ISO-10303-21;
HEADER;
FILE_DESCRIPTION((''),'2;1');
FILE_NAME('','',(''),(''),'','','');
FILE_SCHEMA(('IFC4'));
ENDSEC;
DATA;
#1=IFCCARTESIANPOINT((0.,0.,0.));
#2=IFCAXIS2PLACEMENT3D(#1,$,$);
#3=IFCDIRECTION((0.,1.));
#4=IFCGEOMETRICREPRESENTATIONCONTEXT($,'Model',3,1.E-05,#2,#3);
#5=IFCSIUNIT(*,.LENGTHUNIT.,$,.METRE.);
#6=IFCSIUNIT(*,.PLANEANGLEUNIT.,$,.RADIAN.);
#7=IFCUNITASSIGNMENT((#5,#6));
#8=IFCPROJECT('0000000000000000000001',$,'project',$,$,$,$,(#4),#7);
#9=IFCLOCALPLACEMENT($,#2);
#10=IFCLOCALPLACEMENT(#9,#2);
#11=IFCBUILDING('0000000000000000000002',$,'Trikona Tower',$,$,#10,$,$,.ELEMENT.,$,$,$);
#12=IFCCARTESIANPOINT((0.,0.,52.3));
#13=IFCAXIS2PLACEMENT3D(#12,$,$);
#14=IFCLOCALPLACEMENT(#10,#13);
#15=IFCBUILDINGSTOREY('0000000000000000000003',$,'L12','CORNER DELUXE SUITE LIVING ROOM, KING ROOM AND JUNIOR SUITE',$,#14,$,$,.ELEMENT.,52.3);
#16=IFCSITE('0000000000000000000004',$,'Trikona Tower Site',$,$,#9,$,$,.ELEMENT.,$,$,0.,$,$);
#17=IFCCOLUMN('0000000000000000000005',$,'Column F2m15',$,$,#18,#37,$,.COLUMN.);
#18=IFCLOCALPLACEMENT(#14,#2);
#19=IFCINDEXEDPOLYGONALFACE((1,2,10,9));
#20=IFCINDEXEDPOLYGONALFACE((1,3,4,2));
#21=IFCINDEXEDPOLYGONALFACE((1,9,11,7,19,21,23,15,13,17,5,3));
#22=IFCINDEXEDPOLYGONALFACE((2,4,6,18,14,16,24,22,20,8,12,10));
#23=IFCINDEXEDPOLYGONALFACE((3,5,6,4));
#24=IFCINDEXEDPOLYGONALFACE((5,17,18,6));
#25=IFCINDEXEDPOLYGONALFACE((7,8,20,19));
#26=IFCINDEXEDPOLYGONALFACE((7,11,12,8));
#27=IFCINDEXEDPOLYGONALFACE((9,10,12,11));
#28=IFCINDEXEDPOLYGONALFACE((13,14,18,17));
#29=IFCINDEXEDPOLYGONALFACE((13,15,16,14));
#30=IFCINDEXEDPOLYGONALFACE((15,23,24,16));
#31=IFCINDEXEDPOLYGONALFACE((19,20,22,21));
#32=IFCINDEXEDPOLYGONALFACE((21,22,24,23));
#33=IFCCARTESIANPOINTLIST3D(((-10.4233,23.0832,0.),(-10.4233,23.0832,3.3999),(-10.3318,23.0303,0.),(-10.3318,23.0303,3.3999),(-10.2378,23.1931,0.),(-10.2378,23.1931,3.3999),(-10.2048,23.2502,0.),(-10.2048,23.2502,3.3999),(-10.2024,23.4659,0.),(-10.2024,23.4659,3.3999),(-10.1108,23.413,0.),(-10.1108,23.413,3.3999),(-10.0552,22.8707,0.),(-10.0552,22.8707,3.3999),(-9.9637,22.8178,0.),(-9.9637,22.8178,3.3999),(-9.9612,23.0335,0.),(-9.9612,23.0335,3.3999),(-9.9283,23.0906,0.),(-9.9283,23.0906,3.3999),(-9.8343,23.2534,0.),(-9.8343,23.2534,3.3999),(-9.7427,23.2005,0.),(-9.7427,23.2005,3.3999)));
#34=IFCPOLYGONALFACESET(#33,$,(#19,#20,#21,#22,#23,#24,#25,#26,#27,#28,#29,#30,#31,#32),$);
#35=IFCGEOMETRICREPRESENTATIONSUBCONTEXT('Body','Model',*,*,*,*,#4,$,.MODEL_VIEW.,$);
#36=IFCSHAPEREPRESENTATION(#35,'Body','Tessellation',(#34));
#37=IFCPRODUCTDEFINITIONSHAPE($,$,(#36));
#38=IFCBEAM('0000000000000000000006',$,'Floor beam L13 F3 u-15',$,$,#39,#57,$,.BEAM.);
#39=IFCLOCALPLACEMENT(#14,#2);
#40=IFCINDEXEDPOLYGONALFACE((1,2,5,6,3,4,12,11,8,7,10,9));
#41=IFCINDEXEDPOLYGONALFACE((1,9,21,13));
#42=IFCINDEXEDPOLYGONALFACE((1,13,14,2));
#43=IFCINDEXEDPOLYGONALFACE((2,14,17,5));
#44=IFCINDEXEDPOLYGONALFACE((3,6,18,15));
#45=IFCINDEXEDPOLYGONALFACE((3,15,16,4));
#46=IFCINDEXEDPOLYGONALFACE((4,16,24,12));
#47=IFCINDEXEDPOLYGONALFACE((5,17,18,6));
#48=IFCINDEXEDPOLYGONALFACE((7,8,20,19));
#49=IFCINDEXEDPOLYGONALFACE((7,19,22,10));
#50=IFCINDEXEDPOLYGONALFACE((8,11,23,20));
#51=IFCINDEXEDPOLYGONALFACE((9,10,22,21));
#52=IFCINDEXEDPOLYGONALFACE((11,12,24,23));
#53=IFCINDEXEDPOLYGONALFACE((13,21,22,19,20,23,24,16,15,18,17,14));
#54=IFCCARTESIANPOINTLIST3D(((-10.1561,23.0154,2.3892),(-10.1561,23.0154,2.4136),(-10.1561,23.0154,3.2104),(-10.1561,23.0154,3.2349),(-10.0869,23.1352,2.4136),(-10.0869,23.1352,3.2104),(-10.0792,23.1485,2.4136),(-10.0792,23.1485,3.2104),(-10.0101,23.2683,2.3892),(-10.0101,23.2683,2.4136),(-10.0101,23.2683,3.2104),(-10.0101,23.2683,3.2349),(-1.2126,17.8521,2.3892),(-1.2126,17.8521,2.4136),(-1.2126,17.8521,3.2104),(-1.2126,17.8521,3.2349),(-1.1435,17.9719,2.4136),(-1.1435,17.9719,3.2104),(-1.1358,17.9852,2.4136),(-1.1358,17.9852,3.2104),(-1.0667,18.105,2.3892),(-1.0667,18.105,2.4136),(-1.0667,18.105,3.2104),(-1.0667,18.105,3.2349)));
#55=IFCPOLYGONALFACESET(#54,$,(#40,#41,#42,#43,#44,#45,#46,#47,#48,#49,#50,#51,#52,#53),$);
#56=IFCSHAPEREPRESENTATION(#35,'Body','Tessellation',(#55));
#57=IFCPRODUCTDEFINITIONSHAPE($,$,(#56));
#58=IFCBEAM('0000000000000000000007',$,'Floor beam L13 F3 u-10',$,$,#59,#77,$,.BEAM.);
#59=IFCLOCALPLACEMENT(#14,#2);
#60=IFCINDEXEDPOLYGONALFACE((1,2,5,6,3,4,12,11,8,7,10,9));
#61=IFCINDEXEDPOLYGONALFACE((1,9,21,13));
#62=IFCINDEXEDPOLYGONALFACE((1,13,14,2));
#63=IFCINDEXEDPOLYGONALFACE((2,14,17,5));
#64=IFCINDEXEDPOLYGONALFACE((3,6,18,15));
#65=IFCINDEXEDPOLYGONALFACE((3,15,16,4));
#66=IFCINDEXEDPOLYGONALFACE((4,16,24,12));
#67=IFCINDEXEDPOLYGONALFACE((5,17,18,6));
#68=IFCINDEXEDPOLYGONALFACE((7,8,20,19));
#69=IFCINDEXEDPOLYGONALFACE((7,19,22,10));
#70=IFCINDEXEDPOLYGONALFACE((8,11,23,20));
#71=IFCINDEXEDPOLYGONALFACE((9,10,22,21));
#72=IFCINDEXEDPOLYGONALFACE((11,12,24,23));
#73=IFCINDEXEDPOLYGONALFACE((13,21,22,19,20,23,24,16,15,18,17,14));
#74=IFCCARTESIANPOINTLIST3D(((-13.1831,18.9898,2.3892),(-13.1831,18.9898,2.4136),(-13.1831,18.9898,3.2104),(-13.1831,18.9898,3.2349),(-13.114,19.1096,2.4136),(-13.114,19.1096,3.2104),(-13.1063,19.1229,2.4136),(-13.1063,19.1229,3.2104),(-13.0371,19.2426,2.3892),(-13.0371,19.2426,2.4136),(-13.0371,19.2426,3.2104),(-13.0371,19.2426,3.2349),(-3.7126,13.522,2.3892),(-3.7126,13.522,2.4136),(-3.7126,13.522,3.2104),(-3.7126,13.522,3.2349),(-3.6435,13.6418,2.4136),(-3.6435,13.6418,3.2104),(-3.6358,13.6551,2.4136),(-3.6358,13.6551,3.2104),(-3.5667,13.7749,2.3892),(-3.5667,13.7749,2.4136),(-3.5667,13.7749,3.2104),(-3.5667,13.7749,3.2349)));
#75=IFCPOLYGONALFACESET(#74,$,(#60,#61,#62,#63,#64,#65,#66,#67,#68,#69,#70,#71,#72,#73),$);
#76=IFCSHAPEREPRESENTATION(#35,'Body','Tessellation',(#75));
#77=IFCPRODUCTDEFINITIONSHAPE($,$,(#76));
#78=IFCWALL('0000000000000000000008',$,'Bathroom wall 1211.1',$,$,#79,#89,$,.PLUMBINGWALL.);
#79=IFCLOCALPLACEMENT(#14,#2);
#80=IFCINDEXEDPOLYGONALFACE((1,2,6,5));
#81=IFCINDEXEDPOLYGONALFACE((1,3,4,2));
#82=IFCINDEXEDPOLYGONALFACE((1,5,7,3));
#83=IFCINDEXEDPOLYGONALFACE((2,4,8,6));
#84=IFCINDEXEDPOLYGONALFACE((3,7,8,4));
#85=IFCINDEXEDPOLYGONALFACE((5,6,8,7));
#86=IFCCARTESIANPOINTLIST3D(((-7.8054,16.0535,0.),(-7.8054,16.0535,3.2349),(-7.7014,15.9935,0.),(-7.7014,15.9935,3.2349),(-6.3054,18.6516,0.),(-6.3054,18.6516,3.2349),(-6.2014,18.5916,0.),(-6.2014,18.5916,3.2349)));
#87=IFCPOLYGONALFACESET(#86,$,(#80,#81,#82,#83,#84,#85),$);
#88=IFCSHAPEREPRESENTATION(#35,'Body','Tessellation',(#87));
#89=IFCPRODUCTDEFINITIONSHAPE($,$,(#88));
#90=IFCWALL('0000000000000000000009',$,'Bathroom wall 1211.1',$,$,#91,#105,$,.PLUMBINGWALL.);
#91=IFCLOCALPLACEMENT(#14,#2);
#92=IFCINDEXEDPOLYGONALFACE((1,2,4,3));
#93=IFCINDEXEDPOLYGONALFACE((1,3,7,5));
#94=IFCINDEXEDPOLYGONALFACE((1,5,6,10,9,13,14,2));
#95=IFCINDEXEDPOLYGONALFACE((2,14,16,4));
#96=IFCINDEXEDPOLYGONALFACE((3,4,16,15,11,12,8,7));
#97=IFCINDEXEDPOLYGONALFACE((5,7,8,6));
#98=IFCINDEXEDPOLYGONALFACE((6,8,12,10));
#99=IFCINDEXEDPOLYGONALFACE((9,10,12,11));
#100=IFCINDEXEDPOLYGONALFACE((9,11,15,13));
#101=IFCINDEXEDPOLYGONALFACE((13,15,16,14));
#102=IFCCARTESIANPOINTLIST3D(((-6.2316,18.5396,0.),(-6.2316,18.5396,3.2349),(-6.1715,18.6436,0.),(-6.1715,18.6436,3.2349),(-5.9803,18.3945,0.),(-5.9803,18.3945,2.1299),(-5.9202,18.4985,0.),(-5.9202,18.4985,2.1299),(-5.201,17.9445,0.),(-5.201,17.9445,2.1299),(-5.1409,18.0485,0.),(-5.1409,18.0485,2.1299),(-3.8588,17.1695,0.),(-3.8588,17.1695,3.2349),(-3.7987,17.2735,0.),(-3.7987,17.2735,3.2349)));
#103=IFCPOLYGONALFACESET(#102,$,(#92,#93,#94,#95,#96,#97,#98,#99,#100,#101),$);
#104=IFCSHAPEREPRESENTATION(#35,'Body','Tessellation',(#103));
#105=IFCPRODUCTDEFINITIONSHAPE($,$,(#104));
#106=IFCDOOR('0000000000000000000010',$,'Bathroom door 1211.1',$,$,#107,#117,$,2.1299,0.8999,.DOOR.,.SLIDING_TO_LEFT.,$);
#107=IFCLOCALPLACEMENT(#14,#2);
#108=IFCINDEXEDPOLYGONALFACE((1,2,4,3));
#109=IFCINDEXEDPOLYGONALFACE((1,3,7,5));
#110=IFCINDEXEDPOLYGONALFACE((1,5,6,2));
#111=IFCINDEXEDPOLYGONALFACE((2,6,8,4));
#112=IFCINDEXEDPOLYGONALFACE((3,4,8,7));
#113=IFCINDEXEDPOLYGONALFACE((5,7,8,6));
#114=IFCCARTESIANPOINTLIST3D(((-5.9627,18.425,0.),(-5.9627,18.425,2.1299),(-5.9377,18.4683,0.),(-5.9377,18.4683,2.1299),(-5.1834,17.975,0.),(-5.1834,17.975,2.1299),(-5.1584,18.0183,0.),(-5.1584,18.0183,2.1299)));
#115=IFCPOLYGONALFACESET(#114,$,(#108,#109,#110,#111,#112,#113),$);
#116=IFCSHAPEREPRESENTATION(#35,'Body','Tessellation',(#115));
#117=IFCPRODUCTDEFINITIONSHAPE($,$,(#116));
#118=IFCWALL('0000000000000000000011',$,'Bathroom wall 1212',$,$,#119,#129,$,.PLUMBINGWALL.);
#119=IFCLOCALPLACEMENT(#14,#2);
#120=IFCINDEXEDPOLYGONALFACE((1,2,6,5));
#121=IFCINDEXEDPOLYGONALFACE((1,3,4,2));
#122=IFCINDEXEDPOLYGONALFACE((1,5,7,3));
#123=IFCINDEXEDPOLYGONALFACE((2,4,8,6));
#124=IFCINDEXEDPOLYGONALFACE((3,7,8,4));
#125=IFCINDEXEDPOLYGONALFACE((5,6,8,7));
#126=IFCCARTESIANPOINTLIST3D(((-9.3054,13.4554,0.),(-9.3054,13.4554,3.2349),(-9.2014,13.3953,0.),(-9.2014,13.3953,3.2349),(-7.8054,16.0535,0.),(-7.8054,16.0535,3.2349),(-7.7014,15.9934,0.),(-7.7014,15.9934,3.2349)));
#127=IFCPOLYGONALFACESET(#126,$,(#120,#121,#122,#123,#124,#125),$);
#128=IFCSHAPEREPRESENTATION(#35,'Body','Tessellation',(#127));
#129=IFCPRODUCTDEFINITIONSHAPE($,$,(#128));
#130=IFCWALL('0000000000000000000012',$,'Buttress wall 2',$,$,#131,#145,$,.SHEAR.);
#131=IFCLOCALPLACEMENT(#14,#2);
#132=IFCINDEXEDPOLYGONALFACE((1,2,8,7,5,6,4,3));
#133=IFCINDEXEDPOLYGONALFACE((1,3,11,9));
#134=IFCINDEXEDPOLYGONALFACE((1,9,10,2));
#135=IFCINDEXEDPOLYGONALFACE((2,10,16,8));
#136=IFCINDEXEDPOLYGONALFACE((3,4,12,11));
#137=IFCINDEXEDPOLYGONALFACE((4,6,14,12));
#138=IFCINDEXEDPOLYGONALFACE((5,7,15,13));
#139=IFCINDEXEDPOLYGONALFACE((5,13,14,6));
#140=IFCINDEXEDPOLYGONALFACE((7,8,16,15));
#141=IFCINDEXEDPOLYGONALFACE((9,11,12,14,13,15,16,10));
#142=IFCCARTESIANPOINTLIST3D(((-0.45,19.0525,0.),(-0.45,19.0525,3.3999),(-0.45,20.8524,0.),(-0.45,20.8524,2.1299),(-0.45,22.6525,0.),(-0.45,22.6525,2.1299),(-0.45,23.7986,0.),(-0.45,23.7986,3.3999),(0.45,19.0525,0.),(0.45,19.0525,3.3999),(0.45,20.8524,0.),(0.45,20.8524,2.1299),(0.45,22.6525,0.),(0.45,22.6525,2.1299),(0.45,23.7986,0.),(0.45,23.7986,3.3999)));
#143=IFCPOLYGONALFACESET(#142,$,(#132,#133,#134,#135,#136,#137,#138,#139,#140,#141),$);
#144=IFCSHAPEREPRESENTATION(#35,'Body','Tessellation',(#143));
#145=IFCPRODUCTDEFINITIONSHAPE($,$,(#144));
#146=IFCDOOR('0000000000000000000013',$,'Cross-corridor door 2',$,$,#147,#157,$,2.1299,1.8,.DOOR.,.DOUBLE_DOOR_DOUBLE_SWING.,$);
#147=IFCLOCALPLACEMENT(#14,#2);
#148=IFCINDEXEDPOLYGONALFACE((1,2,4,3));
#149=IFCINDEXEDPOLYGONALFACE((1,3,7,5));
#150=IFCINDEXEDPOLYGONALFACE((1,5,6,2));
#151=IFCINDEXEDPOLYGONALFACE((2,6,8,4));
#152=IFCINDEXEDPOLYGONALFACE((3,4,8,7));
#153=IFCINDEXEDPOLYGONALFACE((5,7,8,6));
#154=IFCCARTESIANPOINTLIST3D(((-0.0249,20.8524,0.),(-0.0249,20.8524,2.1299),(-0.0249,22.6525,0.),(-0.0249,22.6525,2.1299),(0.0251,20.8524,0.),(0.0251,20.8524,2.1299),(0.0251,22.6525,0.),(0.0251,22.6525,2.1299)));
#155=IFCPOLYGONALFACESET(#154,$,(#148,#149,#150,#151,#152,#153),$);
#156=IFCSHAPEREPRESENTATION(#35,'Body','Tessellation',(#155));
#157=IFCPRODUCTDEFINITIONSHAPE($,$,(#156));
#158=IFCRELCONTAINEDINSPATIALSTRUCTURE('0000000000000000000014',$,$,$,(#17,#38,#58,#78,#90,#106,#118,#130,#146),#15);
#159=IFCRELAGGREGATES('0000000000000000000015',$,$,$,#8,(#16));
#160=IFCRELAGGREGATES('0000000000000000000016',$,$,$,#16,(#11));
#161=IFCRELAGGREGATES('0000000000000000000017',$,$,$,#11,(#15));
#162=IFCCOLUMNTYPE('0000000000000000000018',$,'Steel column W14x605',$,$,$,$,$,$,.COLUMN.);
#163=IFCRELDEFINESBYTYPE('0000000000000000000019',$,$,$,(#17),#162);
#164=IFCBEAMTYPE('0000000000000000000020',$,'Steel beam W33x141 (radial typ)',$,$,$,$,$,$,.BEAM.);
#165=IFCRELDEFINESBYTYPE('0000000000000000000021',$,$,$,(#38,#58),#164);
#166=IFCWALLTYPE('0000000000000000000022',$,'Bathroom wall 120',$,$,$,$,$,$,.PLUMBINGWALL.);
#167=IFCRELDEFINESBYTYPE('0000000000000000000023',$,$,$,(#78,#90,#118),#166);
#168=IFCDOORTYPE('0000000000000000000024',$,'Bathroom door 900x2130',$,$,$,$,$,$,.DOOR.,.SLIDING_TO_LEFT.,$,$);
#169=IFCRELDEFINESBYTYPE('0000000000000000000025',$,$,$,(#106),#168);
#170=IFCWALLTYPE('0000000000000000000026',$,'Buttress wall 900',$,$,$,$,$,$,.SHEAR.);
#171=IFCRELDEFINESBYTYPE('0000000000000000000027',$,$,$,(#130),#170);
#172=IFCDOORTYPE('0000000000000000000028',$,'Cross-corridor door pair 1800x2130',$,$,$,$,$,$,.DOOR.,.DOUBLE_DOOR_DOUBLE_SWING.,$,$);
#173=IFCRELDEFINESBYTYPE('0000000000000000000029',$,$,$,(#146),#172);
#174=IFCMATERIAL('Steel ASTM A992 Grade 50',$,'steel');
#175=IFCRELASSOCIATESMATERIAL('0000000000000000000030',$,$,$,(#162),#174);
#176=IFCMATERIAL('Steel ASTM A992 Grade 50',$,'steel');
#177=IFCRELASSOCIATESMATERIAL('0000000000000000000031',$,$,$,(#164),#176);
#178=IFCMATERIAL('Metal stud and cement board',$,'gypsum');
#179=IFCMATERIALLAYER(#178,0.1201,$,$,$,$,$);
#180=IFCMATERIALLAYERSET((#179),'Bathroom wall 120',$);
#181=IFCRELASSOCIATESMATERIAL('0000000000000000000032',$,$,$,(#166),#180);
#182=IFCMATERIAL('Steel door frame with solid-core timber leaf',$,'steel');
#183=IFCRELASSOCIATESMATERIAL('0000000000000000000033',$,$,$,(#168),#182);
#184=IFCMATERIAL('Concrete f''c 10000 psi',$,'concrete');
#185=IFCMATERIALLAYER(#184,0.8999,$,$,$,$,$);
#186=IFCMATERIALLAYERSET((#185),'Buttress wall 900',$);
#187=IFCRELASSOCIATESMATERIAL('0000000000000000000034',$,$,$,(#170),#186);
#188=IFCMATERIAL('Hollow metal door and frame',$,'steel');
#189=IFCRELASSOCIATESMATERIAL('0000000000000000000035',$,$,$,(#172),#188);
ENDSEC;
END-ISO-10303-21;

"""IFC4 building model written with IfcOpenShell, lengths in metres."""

from ifc_helpers import new_model, si_unit, direction, frame, frame_2d, origin, origin_2d, place, context, subcontext, project, spatial, rectangle, i_section, extrude, material, layer, layer_set, material_profile, profile_set, type_object, element, fill, save


model = new_model("IFC4")

# Units and contexts
model_context = context("Model", 3, precision=1e-05, world=origin(), true_north=direction((0.0, 1.0)))
body_context = subcontext(model_context, "Body", "Model", "MODEL_VIEW")
ifc_project = project(units=[si_unit("LENGTHUNIT", "METRE"), si_unit("PLANEANGLEUNIT", "RADIAN")], contexts=[model_context])

# Site, building, storey
site_placement = place(None, origin())
site = spatial("IfcSite", under=ifc_project, at=site_placement, Name="Trikona Tower Site", CompositionType="ELEMENT", RefElevation=0.0)
building_placement = place(site_placement, origin())
building = spatial("IfcBuilding", under=site, at=building_placement, Name="Trikona Tower", CompositionType="ELEMENT")
storey_placement = place(building_placement, frame((0.0, 0.0, 52.3)))
storey = spatial("IfcBuildingStorey", under=building, at=storey_placement, Name="L12", Description="CORNER DELUXE SUITE LIVING ROOM, KING ROOM AND JUNIOR SUITE", CompositionType="ELEMENT", Elevation=52.3)

# Column
ifc_material_1 = material(Name="Steel ASTM A992 Grade 50", Category="steel")
ifc_material_profile_1 = material_profile(ifc_material_1, i_section(OverallWidth=0.4419, OverallDepth=0.5308, WebThickness=0.0659, FlangeThickness=0.1057, at=origin_2d()), Name="W14X605")
ifc_profile_set_1 = profile_set([ifc_material_profile_1], Name="Steel ASTM A992 Grade 50")
column_type = type_object("IfcColumnType", Name="Steel column W14x605", PredefinedType="COLUMN", material=ifc_profile_set_1)
column_placement = place(storey_placement, frame((-10.083, 23.1418, 0.0), z_axis=(0.0, 0.0, 1.0), x_axis=(-0.5, -0.866025, 0.0)))
element("IfcColumn", 1, at=column_placement, inside=storey, type_object=column_type, Name="Column F2m15", PredefinedType="COLUMN", context=body_context, shape_type="SweptSolid", body=[
    extrude(i_section(OverallWidth=0.4419, OverallDepth=0.5308, WebThickness=0.0659, FlangeThickness=0.1057, at=origin_2d()), origin(), (0.0, 0.0, 1.0), 3.3999),
])

# Beams
ifc_material_2 = material(Name="Steel ASTM A992 Grade 50", Category="steel")
ifc_material_profile_2 = material_profile(ifc_material_2, i_section(OverallWidth=0.292, OverallDepth=0.8457, WebThickness=0.0154, FlangeThickness=0.0244, at=origin_2d()), Name="W33X141")
ifc_profile_set_2 = profile_set([ifc_material_profile_2], Name="Steel ASTM A992 Grade 50")
beam_type = type_object("IfcBeamType", Name="Steel beam W33x141 (radial typ)", PredefinedType="BEAM", material=ifc_profile_set_2)
beam_1_placement = place(storey_placement, frame((-1.1396, 17.9785, 2.812), z_axis=(-0.86603, 0.499991, 0.0), x_axis=(-0.499991, -0.86603, 0.0)))
element("IfcBeam", 2, at=beam_1_placement, inside=storey, type_object=beam_type, Name="Floor beam L13 F3 u-15", PredefinedType="BEAM", context=body_context, shape_type="SweptSolid", body=[
    extrude(i_section(OverallWidth=0.292, OverallDepth=0.8457, WebThickness=0.0154, FlangeThickness=0.0244, at=origin_2d()), origin(), (0.0, 0.0, 1.0), 10.3269),
])
beam_2_placement = place(storey_placement, frame((-3.6396, 13.6484, 2.812), z_axis=(-0.866025, 0.5, 0.0), x_axis=(-0.5, -0.866025, 0.0)))
element("IfcBeam", 3, at=beam_2_placement, inside=storey, type_object=beam_type, Name="Floor beam L13 F3 u-10", PredefinedType="BEAM", context=body_context, shape_type="SweptSolid", body=[
    extrude(i_section(OverallWidth=0.292, OverallDepth=0.8457, WebThickness=0.0154, FlangeThickness=0.0244, at=origin_2d()), origin(), (0.0, 0.0, 1.0), 10.9355),
])

# Wall
ifc_material_3 = material(Name="Metal stud and cement board", Category="gypsum")
ifc_layer_1 = layer(ifc_material_3, 0.1201)
ifc_layer_set_1 = layer_set([ifc_layer_1], Name="Bathroom wall 120")
wall_type_1 = type_object("IfcWallType", Name="Bathroom wall 120", PredefinedType="PLUMBINGWALL", material=ifc_layer_set_1)
wall_1_placement = place(storey_placement, frame((-6.2534, 18.6216, 0.0), z_axis=(0.0, 0.0, 1.0), x_axis=(-0.49999, -0.866031, 0.0)))
element("IfcWall", 4, at=wall_1_placement, inside=storey, type_object=wall_type_1, Name="Bathroom wall 1211.1", PredefinedType="PLUMBINGWALL", context=body_context, shape_type="SweptSolid", body=[
    extrude(rectangle(XDim=3.0, YDim=0.1201, at=frame_2d((1.5, 0.0))), origin(), (0.0, 0.0, 1.0), 3.2349),
])

# Wall, opening, door
wall_2_placement = place(storey_placement, frame((-3.8286, 17.2214, 0.0), z_axis=(0.0, 0.0, 1.0), x_axis=(-0.865997, 0.500049, 0.0)))
wall_2 = element("IfcWall", 5, at=wall_2_placement, inside=storey, type_object=wall_type_1, Name="Bathroom wall 1211.1", PredefinedType="PLUMBINGWALL", context=body_context, shape_type="SweptSolid", body=[
    extrude(rectangle(XDim=2.74, YDim=0.1201, at=frame_2d((1.3701, 0.0))), origin(), (0.0, 0.0, 1.0), 3.2349),
])
opening_1_placement = place(wall_2_placement, frame((1.55, 0.0, 0.0)))
opening_1 = element("IfcOpeningElement", 6, at=opening_1_placement, cuts=wall_2, PredefinedType="OPENING", context=body_context, shape_type="SweptSolid", body=[
    extrude(rectangle(XDim=0.8999, YDim=2.1299, at=frame_2d((0.45, 1.0649))), frame((0.0, 0.0701, 0.0), z_axis=(0.0, -1.0, 0.0), x_axis=(1.0, 0.0, 0.0)), (0.0, 0.0, 1.0), 0.1401),
])
ifc_material_4 = material(Name="Steel door frame with solid-core timber leaf", Category="steel")
door_type_1 = type_object("IfcDoorType", Name="Bathroom door 900x2130", OperationType="SLIDING_TO_LEFT", PredefinedType="DOOR", material=ifc_material_4)
door_1_placement = place(opening_1_placement, origin())
door_1 = element("IfcDoor", 7, at=door_1_placement, inside=storey, type_object=door_type_1, Name="Bathroom door 1211.1", OperationType="SLIDING_TO_LEFT", OverallHeight=2.1299, OverallWidth=0.8999, PredefinedType="DOOR", context=body_context, shape_type="SweptSolid", body=[
    extrude(rectangle(XDim=0.8999, YDim=2.1299, at=frame_2d((0.45, 1.0649))), frame((0.0, 0.0249, 0.0), z_axis=(0.0, -1.0, 0.0), x_axis=(1.0, 0.0, 0.0)), (0.0, 0.0, 1.0), 0.05),
])
fill(opening_1, door_1)

# Wall
wall_3_placement = place(storey_placement, frame((-7.7534, 16.0234, 0.0), z_axis=(0.0, 0.0, 1.0), x_axis=(-0.49999, -0.866031, 0.0)))
element("IfcWall", 8, at=wall_3_placement, inside=storey, type_object=wall_type_1, Name="Bathroom wall 1212", PredefinedType="PLUMBINGWALL", context=body_context, shape_type="SweptSolid", body=[
    extrude(rectangle(XDim=3.0, YDim=0.1201, at=frame_2d((1.5, 0.0))), origin(), (0.0, 0.0, 1.0), 3.2349),
])

# Wall, opening, door
ifc_material_5 = material(Name="Concrete f'c 10000 psi", Category="concrete")
ifc_layer_2 = layer(ifc_material_5, 0.8999)
ifc_layer_set_2 = layer_set([ifc_layer_2], Name="Buttress wall 900")
wall_type_2 = type_object("IfcWallType", Name="Buttress wall 900", PredefinedType="SHEAR", material=ifc_layer_set_2)
wall_4_placement = place(storey_placement, frame((0.0, 19.0525, 0.0), z_axis=(0.0, 0.0, 1.0), x_axis=(0.0, 1.0, 0.0)))
wall_4 = element("IfcWall", 9, at=wall_4_placement, inside=storey, type_object=wall_type_2, Name="Buttress wall 2", PredefinedType="SHEAR", context=body_context, shape_type="SweptSolid", body=[
    extrude(rectangle(XDim=4.7461, YDim=0.8999, at=frame_2d((2.373, 0.0))), origin(), (0.0, 0.0, 1.0), 3.3999),
])
opening_2_placement = place(wall_4_placement, frame((1.8, 0.0, 0.0)))
opening_2 = element("IfcOpeningElement", 10, at=opening_2_placement, cuts=wall_4, PredefinedType="OPENING", context=body_context, shape_type="SweptSolid", body=[
    extrude(rectangle(XDim=1.8, YDim=2.1299, at=frame_2d((0.8999, 1.0649))), frame((0.0, 0.46, 0.0), z_axis=(0.0, -1.0, 0.0), x_axis=(1.0, 0.0, 0.0)), (0.0, 0.0, 1.0), 0.9199),
])
ifc_material_6 = material(Name="Hollow metal door and frame", Category="steel")
door_type_2 = type_object("IfcDoorType", Name="Cross-corridor door pair 1800x2130", OperationType="DOUBLE_DOOR_DOUBLE_SWING", PredefinedType="DOOR", material=ifc_material_6)
door_2_placement = place(opening_2_placement, origin())
door_2 = element("IfcDoor", 11, at=door_2_placement, inside=storey, type_object=door_type_2, Name="Cross-corridor door 2", OperationType="DOUBLE_DOOR_DOUBLE_SWING", OverallHeight=2.1299, OverallWidth=1.8, PredefinedType="DOOR", context=body_context, shape_type="SweptSolid", body=[
    extrude(rectangle(XDim=1.8, YDim=2.1299, at=frame_2d((0.8999, 1.0649))), frame((0.0, 0.0249, 0.0), z_axis=(0.0, -1.0, 0.0), x_axis=(1.0, 0.0, 0.0)), (0.0, 0.0, 1.0), 0.05),
])
fill(opening_2, door_2)

save(model, "model.ifc")
